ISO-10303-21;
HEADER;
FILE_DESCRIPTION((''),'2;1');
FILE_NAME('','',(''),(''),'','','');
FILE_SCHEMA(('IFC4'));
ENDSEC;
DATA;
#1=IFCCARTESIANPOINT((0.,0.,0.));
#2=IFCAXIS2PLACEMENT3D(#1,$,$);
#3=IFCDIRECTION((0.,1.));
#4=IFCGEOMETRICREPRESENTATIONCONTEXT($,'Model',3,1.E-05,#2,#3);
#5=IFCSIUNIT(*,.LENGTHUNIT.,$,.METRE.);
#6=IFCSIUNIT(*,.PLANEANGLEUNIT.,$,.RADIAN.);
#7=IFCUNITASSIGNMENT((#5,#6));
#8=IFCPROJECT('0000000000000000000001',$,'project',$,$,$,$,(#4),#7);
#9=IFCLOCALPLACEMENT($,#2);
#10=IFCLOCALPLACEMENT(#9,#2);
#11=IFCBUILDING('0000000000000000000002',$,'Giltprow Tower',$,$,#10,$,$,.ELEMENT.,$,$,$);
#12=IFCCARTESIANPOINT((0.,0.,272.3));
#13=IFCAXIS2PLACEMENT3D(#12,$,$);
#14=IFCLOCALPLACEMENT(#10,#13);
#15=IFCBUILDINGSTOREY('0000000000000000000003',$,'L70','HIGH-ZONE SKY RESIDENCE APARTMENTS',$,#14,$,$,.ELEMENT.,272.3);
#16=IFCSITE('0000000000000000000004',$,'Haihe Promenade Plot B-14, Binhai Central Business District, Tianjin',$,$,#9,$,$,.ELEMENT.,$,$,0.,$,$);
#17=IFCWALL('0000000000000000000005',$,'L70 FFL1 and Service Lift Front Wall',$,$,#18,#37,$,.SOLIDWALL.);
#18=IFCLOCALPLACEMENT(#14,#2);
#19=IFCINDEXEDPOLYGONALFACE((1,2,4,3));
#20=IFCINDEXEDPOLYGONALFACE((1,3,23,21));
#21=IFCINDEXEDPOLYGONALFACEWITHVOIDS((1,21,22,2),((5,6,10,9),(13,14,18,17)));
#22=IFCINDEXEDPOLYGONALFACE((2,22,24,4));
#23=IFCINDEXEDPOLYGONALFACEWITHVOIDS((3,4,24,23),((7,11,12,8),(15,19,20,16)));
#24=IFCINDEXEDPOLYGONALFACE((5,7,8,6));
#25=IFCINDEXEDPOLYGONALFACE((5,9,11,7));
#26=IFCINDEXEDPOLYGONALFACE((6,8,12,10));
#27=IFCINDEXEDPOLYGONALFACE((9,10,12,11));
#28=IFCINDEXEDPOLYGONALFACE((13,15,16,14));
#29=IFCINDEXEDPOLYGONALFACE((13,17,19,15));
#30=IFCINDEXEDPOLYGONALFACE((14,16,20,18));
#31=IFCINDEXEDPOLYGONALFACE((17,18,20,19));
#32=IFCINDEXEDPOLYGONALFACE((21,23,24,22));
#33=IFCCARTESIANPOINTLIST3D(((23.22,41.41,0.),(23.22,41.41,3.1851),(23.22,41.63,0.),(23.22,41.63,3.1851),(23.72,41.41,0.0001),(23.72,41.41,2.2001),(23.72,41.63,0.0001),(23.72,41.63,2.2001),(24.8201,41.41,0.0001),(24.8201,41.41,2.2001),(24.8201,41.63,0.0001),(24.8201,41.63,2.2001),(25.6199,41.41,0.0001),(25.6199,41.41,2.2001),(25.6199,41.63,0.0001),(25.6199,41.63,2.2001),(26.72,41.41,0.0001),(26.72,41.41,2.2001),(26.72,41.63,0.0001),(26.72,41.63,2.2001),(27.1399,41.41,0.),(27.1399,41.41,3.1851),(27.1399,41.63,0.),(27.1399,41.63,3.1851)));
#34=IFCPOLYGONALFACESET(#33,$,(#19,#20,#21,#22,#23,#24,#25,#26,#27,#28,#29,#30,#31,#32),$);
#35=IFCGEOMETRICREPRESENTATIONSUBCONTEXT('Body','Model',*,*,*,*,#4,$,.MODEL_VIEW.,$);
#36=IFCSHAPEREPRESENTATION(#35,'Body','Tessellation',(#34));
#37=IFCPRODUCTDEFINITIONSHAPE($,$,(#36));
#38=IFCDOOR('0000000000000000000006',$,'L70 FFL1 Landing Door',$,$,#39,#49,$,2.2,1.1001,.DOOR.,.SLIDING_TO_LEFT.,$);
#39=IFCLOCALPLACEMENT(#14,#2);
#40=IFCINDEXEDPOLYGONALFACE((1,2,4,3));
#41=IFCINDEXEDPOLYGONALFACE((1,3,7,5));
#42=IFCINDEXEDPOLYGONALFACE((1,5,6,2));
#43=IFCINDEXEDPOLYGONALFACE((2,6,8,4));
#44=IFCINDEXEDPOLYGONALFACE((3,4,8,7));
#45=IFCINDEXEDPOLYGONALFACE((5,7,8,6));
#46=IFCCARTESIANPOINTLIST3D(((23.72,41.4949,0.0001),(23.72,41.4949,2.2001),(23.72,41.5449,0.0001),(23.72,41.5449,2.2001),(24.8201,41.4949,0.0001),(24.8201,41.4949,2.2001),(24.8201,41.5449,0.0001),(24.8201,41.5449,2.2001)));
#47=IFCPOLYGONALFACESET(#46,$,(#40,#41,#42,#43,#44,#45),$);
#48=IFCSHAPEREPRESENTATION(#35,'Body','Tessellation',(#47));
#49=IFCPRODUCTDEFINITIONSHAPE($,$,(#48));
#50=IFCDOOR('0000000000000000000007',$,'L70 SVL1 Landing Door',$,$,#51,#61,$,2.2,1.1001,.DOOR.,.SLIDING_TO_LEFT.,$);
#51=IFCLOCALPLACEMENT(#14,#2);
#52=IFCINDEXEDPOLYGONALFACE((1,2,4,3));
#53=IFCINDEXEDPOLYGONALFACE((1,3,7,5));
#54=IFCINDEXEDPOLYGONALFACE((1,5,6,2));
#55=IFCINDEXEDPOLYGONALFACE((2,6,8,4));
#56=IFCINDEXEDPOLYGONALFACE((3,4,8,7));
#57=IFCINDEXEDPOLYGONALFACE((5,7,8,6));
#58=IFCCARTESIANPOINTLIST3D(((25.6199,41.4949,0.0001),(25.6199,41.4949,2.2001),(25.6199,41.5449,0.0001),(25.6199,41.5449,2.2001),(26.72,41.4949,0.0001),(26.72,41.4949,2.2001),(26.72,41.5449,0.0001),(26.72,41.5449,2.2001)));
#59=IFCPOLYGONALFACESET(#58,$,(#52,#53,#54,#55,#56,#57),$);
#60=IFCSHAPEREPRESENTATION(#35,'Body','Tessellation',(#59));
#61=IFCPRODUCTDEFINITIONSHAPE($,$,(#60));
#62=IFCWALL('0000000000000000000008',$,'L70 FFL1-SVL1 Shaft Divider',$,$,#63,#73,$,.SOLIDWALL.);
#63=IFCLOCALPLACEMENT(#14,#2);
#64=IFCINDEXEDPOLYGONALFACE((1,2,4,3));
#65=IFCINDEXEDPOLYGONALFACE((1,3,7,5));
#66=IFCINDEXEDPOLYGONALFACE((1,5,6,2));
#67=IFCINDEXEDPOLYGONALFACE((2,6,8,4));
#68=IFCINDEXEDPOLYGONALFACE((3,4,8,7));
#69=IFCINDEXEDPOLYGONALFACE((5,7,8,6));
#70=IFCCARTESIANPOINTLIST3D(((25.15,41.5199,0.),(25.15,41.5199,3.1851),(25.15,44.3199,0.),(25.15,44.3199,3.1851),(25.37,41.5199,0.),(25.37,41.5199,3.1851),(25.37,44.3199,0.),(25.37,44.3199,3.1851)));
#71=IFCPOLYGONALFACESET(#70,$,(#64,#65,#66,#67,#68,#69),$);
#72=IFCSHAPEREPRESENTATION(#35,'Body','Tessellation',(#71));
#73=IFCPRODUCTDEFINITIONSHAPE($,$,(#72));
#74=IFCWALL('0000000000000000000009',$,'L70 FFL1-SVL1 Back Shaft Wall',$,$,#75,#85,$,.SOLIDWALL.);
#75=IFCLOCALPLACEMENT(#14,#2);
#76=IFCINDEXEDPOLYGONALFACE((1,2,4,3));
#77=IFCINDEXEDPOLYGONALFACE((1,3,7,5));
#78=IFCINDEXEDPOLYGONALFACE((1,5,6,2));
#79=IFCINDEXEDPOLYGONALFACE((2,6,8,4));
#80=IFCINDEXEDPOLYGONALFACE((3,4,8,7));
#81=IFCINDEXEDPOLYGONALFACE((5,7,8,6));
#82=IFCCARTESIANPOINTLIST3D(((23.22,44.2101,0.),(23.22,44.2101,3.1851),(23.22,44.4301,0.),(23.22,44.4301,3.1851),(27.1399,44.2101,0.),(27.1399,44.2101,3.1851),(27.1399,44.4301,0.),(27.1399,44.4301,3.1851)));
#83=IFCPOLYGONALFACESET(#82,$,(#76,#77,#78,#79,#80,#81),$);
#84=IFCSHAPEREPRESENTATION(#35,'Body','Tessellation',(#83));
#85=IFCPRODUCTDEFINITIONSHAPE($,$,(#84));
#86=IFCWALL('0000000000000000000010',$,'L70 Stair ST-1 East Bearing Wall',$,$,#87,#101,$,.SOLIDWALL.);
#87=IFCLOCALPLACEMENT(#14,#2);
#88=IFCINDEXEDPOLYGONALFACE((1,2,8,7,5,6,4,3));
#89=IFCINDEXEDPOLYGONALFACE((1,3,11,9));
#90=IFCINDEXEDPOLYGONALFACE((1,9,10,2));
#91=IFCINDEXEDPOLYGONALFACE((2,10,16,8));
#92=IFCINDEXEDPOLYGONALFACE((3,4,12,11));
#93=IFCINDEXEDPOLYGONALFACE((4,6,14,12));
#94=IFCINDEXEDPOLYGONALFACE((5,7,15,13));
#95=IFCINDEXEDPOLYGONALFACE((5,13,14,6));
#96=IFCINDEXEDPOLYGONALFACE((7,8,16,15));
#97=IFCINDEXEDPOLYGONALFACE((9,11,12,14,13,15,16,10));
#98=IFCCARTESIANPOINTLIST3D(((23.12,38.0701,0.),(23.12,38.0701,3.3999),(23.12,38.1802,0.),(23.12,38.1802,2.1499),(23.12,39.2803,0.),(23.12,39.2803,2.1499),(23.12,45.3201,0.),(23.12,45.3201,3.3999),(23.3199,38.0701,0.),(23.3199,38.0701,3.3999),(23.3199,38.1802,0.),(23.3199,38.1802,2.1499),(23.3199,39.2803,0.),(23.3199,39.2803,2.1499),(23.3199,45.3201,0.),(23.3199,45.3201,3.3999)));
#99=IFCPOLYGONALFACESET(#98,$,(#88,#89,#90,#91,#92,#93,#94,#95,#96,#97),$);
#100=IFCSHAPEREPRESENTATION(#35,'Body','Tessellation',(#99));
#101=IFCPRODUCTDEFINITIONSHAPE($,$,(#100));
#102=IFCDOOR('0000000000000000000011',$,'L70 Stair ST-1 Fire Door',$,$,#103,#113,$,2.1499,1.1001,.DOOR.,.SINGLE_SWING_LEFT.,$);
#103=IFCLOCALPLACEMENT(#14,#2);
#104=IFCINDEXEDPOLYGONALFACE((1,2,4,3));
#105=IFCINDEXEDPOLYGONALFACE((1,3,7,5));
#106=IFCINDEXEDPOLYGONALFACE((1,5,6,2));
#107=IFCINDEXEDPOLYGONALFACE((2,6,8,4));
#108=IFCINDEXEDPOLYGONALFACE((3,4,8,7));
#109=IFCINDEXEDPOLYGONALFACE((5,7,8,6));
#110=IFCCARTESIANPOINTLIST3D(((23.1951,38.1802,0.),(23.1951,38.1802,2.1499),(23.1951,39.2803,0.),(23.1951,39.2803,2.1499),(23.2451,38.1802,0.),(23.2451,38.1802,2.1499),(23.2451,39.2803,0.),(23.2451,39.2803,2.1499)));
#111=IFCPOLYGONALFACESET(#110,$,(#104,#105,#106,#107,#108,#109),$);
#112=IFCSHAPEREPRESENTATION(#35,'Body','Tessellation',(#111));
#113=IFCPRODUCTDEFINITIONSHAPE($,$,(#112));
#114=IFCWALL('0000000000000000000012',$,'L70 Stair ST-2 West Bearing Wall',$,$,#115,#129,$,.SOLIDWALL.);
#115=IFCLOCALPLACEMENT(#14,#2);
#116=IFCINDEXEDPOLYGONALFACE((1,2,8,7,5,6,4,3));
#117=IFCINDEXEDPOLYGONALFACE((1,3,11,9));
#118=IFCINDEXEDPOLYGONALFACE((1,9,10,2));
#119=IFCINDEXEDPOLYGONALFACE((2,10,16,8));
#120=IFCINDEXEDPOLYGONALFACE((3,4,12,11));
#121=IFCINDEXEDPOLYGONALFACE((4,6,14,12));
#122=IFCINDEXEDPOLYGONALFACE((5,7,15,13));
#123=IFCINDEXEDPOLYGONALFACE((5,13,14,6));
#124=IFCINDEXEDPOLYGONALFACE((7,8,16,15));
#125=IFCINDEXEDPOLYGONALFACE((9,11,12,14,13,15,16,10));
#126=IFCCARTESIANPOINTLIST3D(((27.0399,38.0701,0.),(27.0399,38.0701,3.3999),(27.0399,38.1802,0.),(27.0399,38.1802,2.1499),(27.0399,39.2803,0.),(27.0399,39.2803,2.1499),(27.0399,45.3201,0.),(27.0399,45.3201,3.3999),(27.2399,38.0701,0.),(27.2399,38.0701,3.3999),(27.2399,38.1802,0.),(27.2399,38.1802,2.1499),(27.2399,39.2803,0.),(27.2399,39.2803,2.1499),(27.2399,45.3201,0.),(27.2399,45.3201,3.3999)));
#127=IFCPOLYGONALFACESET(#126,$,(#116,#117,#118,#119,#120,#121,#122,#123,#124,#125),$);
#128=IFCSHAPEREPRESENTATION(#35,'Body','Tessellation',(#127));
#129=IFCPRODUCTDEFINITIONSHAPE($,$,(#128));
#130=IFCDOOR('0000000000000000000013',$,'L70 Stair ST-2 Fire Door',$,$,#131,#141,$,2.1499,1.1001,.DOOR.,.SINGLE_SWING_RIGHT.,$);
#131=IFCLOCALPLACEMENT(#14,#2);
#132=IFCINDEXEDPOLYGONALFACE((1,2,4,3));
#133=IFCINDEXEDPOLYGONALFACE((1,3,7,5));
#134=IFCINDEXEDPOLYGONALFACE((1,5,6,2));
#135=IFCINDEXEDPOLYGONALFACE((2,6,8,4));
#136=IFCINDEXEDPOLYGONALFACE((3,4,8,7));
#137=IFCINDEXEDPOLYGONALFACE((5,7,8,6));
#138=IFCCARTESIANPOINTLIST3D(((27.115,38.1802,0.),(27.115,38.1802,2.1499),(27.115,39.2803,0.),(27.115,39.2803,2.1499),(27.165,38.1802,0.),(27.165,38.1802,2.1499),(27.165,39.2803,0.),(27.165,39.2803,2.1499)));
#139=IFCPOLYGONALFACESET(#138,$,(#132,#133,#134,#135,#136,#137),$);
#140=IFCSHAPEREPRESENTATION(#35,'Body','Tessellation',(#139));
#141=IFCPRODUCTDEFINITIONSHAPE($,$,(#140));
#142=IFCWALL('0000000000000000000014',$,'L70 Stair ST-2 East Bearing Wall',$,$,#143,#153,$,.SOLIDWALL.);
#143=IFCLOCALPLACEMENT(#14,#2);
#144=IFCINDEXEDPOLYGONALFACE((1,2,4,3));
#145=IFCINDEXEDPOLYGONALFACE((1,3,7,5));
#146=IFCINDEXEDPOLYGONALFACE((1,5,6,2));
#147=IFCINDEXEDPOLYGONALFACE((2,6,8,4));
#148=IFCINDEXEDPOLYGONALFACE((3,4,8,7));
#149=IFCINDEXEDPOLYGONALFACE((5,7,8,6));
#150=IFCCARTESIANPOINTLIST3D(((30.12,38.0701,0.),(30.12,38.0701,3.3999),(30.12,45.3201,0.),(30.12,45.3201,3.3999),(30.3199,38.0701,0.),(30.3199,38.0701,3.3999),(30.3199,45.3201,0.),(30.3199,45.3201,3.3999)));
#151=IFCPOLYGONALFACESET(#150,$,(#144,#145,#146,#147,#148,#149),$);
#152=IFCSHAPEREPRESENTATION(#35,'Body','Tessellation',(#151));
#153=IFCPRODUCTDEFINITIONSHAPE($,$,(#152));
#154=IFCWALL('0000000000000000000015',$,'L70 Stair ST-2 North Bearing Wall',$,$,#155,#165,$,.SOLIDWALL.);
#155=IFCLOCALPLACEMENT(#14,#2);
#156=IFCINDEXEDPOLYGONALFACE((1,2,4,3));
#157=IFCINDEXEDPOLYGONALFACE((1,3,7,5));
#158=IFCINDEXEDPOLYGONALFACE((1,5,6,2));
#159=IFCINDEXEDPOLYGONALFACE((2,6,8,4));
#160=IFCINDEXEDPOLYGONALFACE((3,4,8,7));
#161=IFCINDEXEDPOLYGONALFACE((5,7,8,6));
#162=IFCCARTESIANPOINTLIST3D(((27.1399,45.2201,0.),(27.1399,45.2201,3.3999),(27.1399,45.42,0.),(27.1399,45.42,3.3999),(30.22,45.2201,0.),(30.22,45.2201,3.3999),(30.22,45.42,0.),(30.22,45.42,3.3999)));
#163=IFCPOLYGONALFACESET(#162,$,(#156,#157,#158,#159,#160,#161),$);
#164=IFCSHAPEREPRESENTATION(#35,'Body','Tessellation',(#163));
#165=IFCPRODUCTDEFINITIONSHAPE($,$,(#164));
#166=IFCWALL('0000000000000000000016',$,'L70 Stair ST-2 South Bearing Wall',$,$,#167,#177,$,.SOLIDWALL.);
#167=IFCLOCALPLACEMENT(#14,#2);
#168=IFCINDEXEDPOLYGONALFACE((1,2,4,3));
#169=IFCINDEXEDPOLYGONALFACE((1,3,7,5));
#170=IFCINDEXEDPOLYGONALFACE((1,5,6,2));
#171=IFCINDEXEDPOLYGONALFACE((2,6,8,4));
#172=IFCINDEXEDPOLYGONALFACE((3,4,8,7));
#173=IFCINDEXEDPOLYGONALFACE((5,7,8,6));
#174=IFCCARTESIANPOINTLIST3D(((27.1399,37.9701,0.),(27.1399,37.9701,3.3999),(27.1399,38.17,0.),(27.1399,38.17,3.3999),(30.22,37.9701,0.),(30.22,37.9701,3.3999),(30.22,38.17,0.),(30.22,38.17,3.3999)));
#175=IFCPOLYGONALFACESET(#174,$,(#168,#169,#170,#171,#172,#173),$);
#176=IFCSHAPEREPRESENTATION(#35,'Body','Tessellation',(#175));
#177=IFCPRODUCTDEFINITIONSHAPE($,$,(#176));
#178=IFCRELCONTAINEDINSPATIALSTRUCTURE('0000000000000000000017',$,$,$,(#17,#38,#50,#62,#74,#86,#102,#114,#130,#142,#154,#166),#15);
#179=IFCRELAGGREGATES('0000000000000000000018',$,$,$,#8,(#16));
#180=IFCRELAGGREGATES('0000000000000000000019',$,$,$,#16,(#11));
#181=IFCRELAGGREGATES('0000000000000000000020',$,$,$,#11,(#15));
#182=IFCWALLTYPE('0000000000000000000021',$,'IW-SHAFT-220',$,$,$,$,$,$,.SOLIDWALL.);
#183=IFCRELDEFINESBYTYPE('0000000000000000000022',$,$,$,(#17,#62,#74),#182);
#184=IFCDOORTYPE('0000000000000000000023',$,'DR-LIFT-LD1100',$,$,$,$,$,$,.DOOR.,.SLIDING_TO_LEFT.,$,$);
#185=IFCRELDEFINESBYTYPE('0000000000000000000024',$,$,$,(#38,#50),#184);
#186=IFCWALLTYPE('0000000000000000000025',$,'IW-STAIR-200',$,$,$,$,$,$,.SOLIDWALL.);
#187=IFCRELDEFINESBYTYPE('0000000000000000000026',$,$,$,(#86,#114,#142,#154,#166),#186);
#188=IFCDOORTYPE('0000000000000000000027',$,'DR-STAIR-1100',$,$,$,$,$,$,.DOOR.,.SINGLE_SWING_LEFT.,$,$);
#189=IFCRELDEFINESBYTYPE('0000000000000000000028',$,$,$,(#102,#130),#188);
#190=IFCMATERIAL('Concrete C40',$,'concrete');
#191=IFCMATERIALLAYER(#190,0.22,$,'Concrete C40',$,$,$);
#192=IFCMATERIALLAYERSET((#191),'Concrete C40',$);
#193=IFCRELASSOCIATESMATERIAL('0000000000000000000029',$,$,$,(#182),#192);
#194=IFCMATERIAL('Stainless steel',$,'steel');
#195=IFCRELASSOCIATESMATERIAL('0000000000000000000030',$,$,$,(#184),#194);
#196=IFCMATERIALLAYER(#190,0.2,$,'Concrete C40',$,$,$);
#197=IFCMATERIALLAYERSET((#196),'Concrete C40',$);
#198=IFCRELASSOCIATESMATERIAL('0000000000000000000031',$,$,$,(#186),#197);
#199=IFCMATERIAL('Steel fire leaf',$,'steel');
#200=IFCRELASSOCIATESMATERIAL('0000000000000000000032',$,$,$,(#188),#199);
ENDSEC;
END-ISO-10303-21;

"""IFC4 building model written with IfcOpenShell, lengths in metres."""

from ifc_helpers import new_model, si_unit, direction, frame, frame_2d, origin, place, context, subcontext, project, spatial, rectangle, extrude, source, transform, mapped, material, layer, layer_set, type_object, element, fill, save


model = new_model("IFC4")

# Units and contexts
model_context = context("Model", 3, precision=1e-05, world=origin(), true_north=direction((0.0, 1.0)))
body_context = subcontext(model_context, "Body", "Model", "MODEL_VIEW")
ifc_project = project(units=[si_unit("LENGTHUNIT", "METRE"), si_unit("PLANEANGLEUNIT", "RADIAN")], contexts=[model_context])

# Site, building, storey
site_placement = place(None, origin())
site = spatial("IfcSite", under=ifc_project, at=site_placement, Name="Haihe Promenade Plot B-14, Binhai Central Business District, Tianjin", CompositionType="ELEMENT", RefElevation=0.0)
building_placement = place(site_placement, origin())
building = spatial("IfcBuilding", under=site, at=building_placement, Name="Giltprow Tower", CompositionType="ELEMENT")
storey_placement = place(building_placement, frame((0.0, 0.0, 272.3)))
storey = spatial("IfcBuildingStorey", under=building, at=storey_placement, Name="L70", Description="HIGH-ZONE SKY RESIDENCE APARTMENTS", CompositionType="ELEMENT", Elevation=272.3)

# Wall, openings, doors
ifc_material_1 = material(Name="Concrete C40", Category="concrete")
ifc_layer_1 = layer(ifc_material_1, 0.22, Name="Concrete C40")
ifc_layer_set_1 = layer_set([ifc_layer_1], Name="Concrete C40")
wall_type_1 = type_object("IfcWallType", Name="IW-SHAFT-220", PredefinedType="SOLIDWALL", material=ifc_layer_set_1)
wall_1_placement = place(storey_placement, frame((23.22, 41.52, 0.0), z_axis=(0.0, 0.0, 1.0), x_axis=(1.0, 0.0, 0.0)))
wall_1 = element("IfcWall", 1, at=wall_1_placement, inside=storey, type_object=wall_type_1, Name="L70 FFL1 and Service Lift Front Wall", PredefinedType="SOLIDWALL", context=body_context, shape_type="SweptSolid", body=[
    extrude(rectangle(XDim=3.9199, YDim=0.22, at=frame_2d((1.96, 0.0))), origin(), (0.0, 0.0, 1.0), 3.1851),
])
opening_1_placement = place(wall_1_placement, frame((0.5, 0.0, 0.0)))
opening_1 = element("IfcOpeningElement", 2, at=opening_1_placement, cuts=wall_1, PredefinedType="OPENING", context=body_context, shape_type="SweptSolid", body=[
    extrude(rectangle(XDim=1.1001, YDim=2.2, at=frame_2d((0.55, 1.1001))), frame((0.0, 0.1199, 0.0), z_axis=(0.0, -1.0, 0.0), x_axis=(1.0, 0.0, 0.0)), (0.0, 0.0, 1.0), 0.24),
])
opening_2_placement = place(wall_1_placement, frame((2.3999, 0.0, 0.0)))
opening_2 = element("IfcOpeningElement", 3, at=opening_2_placement, cuts=wall_1, PredefinedType="OPENING", context=body_context, shape_type="SweptSolid", body=[
    extrude(rectangle(XDim=1.1001, YDim=2.2, at=frame_2d((0.55, 1.1001))), frame((0.0, 0.1199, 0.0), z_axis=(0.0, -1.0, 0.0), x_axis=(1.0, 0.0, 0.0)), (0.0, 0.0, 1.0), 0.24),
])
ifc_material_2 = material(Name="Stainless steel", Category="steel")
door_type_1 = type_object("IfcDoorType", Name="DR-LIFT-LD1100", OperationType="SLIDING_TO_LEFT", PredefinedType="DOOR", material=ifc_material_2)
shared_shape_1 = source(origin(), body_context, "Body", "SweptSolid", [
    extrude(rectangle(XDim=1.1001, YDim=2.2, at=frame_2d((0.55, 1.1001))), frame((0.0, 0.0249, 0.0), z_axis=(0.0, -1.0, 0.0), x_axis=(1.0, 0.0, 0.0)), (0.0, 0.0, 1.0), 0.05),
])
door_1_placement = place(opening_1_placement, origin())
door_1 = element("IfcDoor", 4, at=door_1_placement, inside=storey, type_object=door_type_1, Name="L70 FFL1 Landing Door", OperationType="SLIDING_TO_LEFT", OverallHeight=2.2, OverallWidth=1.1001, PredefinedType="DOOR", context=body_context, shape_type="MappedRepresentation", body=[
    mapped(shared_shape_1, transform((0.0, 0.0, 0.0), x_axis=(1.0, 0.0, 0.0), y_axis=(0.0, 1.0, 0.0), z_axis=(0.0, 0.0, 1.0), scale=1.0)),
])
fill(opening_1, door_1)
door_2_placement = place(opening_2_placement, origin())
door_2 = element("IfcDoor", 5, at=door_2_placement, inside=storey, type_object=door_type_1, Name="L70 SVL1 Landing Door", OperationType="SLIDING_TO_LEFT", OverallHeight=2.2, OverallWidth=1.1001, PredefinedType="DOOR", context=body_context, shape_type="MappedRepresentation", body=[
    mapped(shared_shape_1, transform((0.0, 0.0, 0.0), x_axis=(1.0, 0.0, 0.0), y_axis=(0.0, 1.0, 0.0), z_axis=(0.0, 0.0, 1.0), scale=1.0)),
])
fill(opening_2, door_2)

# Walls
wall_2_placement = place(storey_placement, frame((25.26, 41.52, 0.0), z_axis=(0.0, 0.0, 1.0), x_axis=(0.0, 1.0, 0.0)))
element("IfcWall", 6, at=wall_2_placement, inside=storey, type_object=wall_type_1, Name="L70 FFL1-SVL1 Shaft Divider", PredefinedType="SOLIDWALL", context=body_context, shape_type="SweptSolid", body=[
    extrude(rectangle(XDim=2.8, YDim=0.22, at=frame_2d((1.3999, 0.0))), origin(), (0.0, 0.0, 1.0), 3.1851),
])
wall_3_placement = place(storey_placement, frame((23.22, 44.3201, 0.0), z_axis=(0.0, 0.0, 1.0), x_axis=(1.0, 0.0, 0.0)))
element("IfcWall", 7, at=wall_3_placement, inside=storey, type_object=wall_type_1, Name="L70 FFL1-SVL1 Back Shaft Wall", PredefinedType="SOLIDWALL", context=body_context, shape_type="SweptSolid", body=[
    extrude(rectangle(XDim=3.9199, YDim=0.22, at=frame_2d((1.96, 0.0))), origin(), (0.0, 0.0, 1.0), 3.1851),
])

# Walls, openings, doors
ifc_layer_2 = layer(ifc_material_1, 0.2, Name="Concrete C40")
ifc_layer_set_2 = layer_set([ifc_layer_2], Name="Concrete C40")
wall_type_2 = type_object("IfcWallType", Name="IW-STAIR-200", PredefinedType="SOLIDWALL", material=ifc_layer_set_2)
wall_4_placement = place(storey_placement, frame((23.22, 38.0701, 0.0), z_axis=(0.0, 0.0, 1.0), x_axis=(0.0, 1.0, 0.0)))
wall_4 = element("IfcWall", 8, at=wall_4_placement, inside=storey, type_object=wall_type_2, Name="L70 Stair ST-1 East Bearing Wall", PredefinedType="SOLIDWALL", context=body_context, shape_type="SweptSolid", body=[
    extrude(rectangle(XDim=7.25, YDim=0.2, at=frame_2d((3.625, 0.0))), origin(), (0.0, 0.0, 1.0), 3.3999),
])
opening_3_placement = place(wall_4_placement, frame((0.1101, 0.0, 0.0)))
opening_3 = element("IfcOpeningElement", 9, at=opening_3_placement, cuts=wall_4, PredefinedType="OPENING", context=body_context, shape_type="SweptSolid", body=[
    extrude(rectangle(XDim=1.1001, YDim=2.1499, at=frame_2d((0.55, 1.075))), frame((0.0, 0.1099, 0.0), z_axis=(0.0, -1.0, 0.0), x_axis=(1.0, 0.0, 0.0)), (0.0, 0.0, 1.0), 0.22),
])
ifc_material_3 = material(Name="Steel fire leaf", Category="steel")
door_type_2 = type_object("IfcDoorType", Name="DR-STAIR-1100", OperationType="SINGLE_SWING_LEFT", PredefinedType="DOOR", material=ifc_material_3)
shared_shape_2 = source(origin(), body_context, "Body", "SweptSolid", [
    extrude(rectangle(XDim=1.1001, YDim=2.1499, at=frame_2d((0.55, 1.075))), frame((0.0, 0.0249, 0.0), z_axis=(0.0, -1.0, 0.0), x_axis=(1.0, 0.0, 0.0)), (0.0, 0.0, 1.0), 0.05),
])
door_3_placement = place(opening_3_placement, origin())
door_3 = element("IfcDoor", 10, at=door_3_placement, inside=storey, type_object=door_type_2, Name="L70 Stair ST-1 Fire Door", OperationType="SINGLE_SWING_LEFT", OverallHeight=2.1499, OverallWidth=1.1001, PredefinedType="DOOR", context=body_context, shape_type="MappedRepresentation", body=[
    mapped(shared_shape_2, transform((0.0, 0.0, 0.0), x_axis=(1.0, 0.0, 0.0), y_axis=(0.0, 1.0, 0.0), z_axis=(0.0, 0.0, 1.0), scale=1.0)),
])
fill(opening_3, door_3)
wall_5_placement = place(storey_placement, frame((27.1399, 38.0701, 0.0), z_axis=(0.0, 0.0, 1.0), x_axis=(0.0, 1.0, 0.0)))
wall_5 = element("IfcWall", 11, at=wall_5_placement, inside=storey, type_object=wall_type_2, Name="L70 Stair ST-2 West Bearing Wall", PredefinedType="SOLIDWALL", context=body_context, shape_type="SweptSolid", body=[
    extrude(rectangle(XDim=7.25, YDim=0.2, at=frame_2d((3.625, 0.0))), origin(), (0.0, 0.0, 1.0), 3.3999),
])
opening_4_placement = place(wall_5_placement, frame((0.1101, 0.0, 0.0)))
opening_4 = element("IfcOpeningElement", 12, at=opening_4_placement, cuts=wall_5, PredefinedType="OPENING", context=body_context, shape_type="SweptSolid", body=[
    extrude(rectangle(XDim=1.1001, YDim=2.1499, at=frame_2d((0.55, 1.075))), frame((0.0, 0.1099, 0.0), z_axis=(0.0, -1.0, 0.0), x_axis=(1.0, 0.0, 0.0)), (0.0, 0.0, 1.0), 0.22),
])
door_4_placement = place(opening_4_placement, origin())
door_4 = element("IfcDoor", 13, at=door_4_placement, inside=storey, type_object=door_type_2, Name="L70 Stair ST-2 Fire Door", OperationType="SINGLE_SWING_RIGHT", OverallHeight=2.1499, OverallWidth=1.1001, PredefinedType="DOOR", context=body_context, shape_type="MappedRepresentation", body=[
    mapped(shared_shape_2, transform((0.0, 0.0, 0.0), x_axis=(1.0, 0.0, 0.0), y_axis=(0.0, 1.0, 0.0), z_axis=(0.0, 0.0, 1.0), scale=1.0)),
])
fill(opening_4, door_4)

# Walls
wall_6_placement = place(storey_placement, frame((30.22, 38.0701, 0.0), z_axis=(0.0, 0.0, 1.0), x_axis=(0.0, 1.0, 0.0)))
element("IfcWall", 14, at=wall_6_placement, inside=storey, type_object=wall_type_2, Name="L70 Stair ST-2 East Bearing Wall", PredefinedType="SOLIDWALL", context=body_context, shape_type="SweptSolid", body=[
    extrude(rectangle(XDim=7.25, YDim=0.2, at=frame_2d((3.625, 0.0))), origin(), (0.0, 0.0, 1.0), 3.3999),
])
for number, where, z_axis, x_axis, name in (
    (15, (27.1399, 45.3201, 0.0), (0.0, 0.0, 1.0), (1.0, 0.0, 0.0), "L70 Stair ST-2 North Bearing Wall"),
    (16, (27.1399, 38.0701, 0.0), (0.0, 0.0, 1.0), (1.0, 0.0, 0.0), "L70 Stair ST-2 South Bearing Wall"),
):
    element("IfcWall", number, at=place(storey_placement, frame(where, z_axis=z_axis, x_axis=x_axis)), inside=storey, type_object=wall_type_2, Name=name, PredefinedType="SOLIDWALL", context=body_context, shape_type="SweptSolid", body=[
        extrude(rectangle(XDim=3.0801, YDim=0.2, at=frame_2d((1.54, 0.0))), origin(), (0.0, 0.0, 1.0), 3.3999),
    ])

save(model, "model.ifc")
